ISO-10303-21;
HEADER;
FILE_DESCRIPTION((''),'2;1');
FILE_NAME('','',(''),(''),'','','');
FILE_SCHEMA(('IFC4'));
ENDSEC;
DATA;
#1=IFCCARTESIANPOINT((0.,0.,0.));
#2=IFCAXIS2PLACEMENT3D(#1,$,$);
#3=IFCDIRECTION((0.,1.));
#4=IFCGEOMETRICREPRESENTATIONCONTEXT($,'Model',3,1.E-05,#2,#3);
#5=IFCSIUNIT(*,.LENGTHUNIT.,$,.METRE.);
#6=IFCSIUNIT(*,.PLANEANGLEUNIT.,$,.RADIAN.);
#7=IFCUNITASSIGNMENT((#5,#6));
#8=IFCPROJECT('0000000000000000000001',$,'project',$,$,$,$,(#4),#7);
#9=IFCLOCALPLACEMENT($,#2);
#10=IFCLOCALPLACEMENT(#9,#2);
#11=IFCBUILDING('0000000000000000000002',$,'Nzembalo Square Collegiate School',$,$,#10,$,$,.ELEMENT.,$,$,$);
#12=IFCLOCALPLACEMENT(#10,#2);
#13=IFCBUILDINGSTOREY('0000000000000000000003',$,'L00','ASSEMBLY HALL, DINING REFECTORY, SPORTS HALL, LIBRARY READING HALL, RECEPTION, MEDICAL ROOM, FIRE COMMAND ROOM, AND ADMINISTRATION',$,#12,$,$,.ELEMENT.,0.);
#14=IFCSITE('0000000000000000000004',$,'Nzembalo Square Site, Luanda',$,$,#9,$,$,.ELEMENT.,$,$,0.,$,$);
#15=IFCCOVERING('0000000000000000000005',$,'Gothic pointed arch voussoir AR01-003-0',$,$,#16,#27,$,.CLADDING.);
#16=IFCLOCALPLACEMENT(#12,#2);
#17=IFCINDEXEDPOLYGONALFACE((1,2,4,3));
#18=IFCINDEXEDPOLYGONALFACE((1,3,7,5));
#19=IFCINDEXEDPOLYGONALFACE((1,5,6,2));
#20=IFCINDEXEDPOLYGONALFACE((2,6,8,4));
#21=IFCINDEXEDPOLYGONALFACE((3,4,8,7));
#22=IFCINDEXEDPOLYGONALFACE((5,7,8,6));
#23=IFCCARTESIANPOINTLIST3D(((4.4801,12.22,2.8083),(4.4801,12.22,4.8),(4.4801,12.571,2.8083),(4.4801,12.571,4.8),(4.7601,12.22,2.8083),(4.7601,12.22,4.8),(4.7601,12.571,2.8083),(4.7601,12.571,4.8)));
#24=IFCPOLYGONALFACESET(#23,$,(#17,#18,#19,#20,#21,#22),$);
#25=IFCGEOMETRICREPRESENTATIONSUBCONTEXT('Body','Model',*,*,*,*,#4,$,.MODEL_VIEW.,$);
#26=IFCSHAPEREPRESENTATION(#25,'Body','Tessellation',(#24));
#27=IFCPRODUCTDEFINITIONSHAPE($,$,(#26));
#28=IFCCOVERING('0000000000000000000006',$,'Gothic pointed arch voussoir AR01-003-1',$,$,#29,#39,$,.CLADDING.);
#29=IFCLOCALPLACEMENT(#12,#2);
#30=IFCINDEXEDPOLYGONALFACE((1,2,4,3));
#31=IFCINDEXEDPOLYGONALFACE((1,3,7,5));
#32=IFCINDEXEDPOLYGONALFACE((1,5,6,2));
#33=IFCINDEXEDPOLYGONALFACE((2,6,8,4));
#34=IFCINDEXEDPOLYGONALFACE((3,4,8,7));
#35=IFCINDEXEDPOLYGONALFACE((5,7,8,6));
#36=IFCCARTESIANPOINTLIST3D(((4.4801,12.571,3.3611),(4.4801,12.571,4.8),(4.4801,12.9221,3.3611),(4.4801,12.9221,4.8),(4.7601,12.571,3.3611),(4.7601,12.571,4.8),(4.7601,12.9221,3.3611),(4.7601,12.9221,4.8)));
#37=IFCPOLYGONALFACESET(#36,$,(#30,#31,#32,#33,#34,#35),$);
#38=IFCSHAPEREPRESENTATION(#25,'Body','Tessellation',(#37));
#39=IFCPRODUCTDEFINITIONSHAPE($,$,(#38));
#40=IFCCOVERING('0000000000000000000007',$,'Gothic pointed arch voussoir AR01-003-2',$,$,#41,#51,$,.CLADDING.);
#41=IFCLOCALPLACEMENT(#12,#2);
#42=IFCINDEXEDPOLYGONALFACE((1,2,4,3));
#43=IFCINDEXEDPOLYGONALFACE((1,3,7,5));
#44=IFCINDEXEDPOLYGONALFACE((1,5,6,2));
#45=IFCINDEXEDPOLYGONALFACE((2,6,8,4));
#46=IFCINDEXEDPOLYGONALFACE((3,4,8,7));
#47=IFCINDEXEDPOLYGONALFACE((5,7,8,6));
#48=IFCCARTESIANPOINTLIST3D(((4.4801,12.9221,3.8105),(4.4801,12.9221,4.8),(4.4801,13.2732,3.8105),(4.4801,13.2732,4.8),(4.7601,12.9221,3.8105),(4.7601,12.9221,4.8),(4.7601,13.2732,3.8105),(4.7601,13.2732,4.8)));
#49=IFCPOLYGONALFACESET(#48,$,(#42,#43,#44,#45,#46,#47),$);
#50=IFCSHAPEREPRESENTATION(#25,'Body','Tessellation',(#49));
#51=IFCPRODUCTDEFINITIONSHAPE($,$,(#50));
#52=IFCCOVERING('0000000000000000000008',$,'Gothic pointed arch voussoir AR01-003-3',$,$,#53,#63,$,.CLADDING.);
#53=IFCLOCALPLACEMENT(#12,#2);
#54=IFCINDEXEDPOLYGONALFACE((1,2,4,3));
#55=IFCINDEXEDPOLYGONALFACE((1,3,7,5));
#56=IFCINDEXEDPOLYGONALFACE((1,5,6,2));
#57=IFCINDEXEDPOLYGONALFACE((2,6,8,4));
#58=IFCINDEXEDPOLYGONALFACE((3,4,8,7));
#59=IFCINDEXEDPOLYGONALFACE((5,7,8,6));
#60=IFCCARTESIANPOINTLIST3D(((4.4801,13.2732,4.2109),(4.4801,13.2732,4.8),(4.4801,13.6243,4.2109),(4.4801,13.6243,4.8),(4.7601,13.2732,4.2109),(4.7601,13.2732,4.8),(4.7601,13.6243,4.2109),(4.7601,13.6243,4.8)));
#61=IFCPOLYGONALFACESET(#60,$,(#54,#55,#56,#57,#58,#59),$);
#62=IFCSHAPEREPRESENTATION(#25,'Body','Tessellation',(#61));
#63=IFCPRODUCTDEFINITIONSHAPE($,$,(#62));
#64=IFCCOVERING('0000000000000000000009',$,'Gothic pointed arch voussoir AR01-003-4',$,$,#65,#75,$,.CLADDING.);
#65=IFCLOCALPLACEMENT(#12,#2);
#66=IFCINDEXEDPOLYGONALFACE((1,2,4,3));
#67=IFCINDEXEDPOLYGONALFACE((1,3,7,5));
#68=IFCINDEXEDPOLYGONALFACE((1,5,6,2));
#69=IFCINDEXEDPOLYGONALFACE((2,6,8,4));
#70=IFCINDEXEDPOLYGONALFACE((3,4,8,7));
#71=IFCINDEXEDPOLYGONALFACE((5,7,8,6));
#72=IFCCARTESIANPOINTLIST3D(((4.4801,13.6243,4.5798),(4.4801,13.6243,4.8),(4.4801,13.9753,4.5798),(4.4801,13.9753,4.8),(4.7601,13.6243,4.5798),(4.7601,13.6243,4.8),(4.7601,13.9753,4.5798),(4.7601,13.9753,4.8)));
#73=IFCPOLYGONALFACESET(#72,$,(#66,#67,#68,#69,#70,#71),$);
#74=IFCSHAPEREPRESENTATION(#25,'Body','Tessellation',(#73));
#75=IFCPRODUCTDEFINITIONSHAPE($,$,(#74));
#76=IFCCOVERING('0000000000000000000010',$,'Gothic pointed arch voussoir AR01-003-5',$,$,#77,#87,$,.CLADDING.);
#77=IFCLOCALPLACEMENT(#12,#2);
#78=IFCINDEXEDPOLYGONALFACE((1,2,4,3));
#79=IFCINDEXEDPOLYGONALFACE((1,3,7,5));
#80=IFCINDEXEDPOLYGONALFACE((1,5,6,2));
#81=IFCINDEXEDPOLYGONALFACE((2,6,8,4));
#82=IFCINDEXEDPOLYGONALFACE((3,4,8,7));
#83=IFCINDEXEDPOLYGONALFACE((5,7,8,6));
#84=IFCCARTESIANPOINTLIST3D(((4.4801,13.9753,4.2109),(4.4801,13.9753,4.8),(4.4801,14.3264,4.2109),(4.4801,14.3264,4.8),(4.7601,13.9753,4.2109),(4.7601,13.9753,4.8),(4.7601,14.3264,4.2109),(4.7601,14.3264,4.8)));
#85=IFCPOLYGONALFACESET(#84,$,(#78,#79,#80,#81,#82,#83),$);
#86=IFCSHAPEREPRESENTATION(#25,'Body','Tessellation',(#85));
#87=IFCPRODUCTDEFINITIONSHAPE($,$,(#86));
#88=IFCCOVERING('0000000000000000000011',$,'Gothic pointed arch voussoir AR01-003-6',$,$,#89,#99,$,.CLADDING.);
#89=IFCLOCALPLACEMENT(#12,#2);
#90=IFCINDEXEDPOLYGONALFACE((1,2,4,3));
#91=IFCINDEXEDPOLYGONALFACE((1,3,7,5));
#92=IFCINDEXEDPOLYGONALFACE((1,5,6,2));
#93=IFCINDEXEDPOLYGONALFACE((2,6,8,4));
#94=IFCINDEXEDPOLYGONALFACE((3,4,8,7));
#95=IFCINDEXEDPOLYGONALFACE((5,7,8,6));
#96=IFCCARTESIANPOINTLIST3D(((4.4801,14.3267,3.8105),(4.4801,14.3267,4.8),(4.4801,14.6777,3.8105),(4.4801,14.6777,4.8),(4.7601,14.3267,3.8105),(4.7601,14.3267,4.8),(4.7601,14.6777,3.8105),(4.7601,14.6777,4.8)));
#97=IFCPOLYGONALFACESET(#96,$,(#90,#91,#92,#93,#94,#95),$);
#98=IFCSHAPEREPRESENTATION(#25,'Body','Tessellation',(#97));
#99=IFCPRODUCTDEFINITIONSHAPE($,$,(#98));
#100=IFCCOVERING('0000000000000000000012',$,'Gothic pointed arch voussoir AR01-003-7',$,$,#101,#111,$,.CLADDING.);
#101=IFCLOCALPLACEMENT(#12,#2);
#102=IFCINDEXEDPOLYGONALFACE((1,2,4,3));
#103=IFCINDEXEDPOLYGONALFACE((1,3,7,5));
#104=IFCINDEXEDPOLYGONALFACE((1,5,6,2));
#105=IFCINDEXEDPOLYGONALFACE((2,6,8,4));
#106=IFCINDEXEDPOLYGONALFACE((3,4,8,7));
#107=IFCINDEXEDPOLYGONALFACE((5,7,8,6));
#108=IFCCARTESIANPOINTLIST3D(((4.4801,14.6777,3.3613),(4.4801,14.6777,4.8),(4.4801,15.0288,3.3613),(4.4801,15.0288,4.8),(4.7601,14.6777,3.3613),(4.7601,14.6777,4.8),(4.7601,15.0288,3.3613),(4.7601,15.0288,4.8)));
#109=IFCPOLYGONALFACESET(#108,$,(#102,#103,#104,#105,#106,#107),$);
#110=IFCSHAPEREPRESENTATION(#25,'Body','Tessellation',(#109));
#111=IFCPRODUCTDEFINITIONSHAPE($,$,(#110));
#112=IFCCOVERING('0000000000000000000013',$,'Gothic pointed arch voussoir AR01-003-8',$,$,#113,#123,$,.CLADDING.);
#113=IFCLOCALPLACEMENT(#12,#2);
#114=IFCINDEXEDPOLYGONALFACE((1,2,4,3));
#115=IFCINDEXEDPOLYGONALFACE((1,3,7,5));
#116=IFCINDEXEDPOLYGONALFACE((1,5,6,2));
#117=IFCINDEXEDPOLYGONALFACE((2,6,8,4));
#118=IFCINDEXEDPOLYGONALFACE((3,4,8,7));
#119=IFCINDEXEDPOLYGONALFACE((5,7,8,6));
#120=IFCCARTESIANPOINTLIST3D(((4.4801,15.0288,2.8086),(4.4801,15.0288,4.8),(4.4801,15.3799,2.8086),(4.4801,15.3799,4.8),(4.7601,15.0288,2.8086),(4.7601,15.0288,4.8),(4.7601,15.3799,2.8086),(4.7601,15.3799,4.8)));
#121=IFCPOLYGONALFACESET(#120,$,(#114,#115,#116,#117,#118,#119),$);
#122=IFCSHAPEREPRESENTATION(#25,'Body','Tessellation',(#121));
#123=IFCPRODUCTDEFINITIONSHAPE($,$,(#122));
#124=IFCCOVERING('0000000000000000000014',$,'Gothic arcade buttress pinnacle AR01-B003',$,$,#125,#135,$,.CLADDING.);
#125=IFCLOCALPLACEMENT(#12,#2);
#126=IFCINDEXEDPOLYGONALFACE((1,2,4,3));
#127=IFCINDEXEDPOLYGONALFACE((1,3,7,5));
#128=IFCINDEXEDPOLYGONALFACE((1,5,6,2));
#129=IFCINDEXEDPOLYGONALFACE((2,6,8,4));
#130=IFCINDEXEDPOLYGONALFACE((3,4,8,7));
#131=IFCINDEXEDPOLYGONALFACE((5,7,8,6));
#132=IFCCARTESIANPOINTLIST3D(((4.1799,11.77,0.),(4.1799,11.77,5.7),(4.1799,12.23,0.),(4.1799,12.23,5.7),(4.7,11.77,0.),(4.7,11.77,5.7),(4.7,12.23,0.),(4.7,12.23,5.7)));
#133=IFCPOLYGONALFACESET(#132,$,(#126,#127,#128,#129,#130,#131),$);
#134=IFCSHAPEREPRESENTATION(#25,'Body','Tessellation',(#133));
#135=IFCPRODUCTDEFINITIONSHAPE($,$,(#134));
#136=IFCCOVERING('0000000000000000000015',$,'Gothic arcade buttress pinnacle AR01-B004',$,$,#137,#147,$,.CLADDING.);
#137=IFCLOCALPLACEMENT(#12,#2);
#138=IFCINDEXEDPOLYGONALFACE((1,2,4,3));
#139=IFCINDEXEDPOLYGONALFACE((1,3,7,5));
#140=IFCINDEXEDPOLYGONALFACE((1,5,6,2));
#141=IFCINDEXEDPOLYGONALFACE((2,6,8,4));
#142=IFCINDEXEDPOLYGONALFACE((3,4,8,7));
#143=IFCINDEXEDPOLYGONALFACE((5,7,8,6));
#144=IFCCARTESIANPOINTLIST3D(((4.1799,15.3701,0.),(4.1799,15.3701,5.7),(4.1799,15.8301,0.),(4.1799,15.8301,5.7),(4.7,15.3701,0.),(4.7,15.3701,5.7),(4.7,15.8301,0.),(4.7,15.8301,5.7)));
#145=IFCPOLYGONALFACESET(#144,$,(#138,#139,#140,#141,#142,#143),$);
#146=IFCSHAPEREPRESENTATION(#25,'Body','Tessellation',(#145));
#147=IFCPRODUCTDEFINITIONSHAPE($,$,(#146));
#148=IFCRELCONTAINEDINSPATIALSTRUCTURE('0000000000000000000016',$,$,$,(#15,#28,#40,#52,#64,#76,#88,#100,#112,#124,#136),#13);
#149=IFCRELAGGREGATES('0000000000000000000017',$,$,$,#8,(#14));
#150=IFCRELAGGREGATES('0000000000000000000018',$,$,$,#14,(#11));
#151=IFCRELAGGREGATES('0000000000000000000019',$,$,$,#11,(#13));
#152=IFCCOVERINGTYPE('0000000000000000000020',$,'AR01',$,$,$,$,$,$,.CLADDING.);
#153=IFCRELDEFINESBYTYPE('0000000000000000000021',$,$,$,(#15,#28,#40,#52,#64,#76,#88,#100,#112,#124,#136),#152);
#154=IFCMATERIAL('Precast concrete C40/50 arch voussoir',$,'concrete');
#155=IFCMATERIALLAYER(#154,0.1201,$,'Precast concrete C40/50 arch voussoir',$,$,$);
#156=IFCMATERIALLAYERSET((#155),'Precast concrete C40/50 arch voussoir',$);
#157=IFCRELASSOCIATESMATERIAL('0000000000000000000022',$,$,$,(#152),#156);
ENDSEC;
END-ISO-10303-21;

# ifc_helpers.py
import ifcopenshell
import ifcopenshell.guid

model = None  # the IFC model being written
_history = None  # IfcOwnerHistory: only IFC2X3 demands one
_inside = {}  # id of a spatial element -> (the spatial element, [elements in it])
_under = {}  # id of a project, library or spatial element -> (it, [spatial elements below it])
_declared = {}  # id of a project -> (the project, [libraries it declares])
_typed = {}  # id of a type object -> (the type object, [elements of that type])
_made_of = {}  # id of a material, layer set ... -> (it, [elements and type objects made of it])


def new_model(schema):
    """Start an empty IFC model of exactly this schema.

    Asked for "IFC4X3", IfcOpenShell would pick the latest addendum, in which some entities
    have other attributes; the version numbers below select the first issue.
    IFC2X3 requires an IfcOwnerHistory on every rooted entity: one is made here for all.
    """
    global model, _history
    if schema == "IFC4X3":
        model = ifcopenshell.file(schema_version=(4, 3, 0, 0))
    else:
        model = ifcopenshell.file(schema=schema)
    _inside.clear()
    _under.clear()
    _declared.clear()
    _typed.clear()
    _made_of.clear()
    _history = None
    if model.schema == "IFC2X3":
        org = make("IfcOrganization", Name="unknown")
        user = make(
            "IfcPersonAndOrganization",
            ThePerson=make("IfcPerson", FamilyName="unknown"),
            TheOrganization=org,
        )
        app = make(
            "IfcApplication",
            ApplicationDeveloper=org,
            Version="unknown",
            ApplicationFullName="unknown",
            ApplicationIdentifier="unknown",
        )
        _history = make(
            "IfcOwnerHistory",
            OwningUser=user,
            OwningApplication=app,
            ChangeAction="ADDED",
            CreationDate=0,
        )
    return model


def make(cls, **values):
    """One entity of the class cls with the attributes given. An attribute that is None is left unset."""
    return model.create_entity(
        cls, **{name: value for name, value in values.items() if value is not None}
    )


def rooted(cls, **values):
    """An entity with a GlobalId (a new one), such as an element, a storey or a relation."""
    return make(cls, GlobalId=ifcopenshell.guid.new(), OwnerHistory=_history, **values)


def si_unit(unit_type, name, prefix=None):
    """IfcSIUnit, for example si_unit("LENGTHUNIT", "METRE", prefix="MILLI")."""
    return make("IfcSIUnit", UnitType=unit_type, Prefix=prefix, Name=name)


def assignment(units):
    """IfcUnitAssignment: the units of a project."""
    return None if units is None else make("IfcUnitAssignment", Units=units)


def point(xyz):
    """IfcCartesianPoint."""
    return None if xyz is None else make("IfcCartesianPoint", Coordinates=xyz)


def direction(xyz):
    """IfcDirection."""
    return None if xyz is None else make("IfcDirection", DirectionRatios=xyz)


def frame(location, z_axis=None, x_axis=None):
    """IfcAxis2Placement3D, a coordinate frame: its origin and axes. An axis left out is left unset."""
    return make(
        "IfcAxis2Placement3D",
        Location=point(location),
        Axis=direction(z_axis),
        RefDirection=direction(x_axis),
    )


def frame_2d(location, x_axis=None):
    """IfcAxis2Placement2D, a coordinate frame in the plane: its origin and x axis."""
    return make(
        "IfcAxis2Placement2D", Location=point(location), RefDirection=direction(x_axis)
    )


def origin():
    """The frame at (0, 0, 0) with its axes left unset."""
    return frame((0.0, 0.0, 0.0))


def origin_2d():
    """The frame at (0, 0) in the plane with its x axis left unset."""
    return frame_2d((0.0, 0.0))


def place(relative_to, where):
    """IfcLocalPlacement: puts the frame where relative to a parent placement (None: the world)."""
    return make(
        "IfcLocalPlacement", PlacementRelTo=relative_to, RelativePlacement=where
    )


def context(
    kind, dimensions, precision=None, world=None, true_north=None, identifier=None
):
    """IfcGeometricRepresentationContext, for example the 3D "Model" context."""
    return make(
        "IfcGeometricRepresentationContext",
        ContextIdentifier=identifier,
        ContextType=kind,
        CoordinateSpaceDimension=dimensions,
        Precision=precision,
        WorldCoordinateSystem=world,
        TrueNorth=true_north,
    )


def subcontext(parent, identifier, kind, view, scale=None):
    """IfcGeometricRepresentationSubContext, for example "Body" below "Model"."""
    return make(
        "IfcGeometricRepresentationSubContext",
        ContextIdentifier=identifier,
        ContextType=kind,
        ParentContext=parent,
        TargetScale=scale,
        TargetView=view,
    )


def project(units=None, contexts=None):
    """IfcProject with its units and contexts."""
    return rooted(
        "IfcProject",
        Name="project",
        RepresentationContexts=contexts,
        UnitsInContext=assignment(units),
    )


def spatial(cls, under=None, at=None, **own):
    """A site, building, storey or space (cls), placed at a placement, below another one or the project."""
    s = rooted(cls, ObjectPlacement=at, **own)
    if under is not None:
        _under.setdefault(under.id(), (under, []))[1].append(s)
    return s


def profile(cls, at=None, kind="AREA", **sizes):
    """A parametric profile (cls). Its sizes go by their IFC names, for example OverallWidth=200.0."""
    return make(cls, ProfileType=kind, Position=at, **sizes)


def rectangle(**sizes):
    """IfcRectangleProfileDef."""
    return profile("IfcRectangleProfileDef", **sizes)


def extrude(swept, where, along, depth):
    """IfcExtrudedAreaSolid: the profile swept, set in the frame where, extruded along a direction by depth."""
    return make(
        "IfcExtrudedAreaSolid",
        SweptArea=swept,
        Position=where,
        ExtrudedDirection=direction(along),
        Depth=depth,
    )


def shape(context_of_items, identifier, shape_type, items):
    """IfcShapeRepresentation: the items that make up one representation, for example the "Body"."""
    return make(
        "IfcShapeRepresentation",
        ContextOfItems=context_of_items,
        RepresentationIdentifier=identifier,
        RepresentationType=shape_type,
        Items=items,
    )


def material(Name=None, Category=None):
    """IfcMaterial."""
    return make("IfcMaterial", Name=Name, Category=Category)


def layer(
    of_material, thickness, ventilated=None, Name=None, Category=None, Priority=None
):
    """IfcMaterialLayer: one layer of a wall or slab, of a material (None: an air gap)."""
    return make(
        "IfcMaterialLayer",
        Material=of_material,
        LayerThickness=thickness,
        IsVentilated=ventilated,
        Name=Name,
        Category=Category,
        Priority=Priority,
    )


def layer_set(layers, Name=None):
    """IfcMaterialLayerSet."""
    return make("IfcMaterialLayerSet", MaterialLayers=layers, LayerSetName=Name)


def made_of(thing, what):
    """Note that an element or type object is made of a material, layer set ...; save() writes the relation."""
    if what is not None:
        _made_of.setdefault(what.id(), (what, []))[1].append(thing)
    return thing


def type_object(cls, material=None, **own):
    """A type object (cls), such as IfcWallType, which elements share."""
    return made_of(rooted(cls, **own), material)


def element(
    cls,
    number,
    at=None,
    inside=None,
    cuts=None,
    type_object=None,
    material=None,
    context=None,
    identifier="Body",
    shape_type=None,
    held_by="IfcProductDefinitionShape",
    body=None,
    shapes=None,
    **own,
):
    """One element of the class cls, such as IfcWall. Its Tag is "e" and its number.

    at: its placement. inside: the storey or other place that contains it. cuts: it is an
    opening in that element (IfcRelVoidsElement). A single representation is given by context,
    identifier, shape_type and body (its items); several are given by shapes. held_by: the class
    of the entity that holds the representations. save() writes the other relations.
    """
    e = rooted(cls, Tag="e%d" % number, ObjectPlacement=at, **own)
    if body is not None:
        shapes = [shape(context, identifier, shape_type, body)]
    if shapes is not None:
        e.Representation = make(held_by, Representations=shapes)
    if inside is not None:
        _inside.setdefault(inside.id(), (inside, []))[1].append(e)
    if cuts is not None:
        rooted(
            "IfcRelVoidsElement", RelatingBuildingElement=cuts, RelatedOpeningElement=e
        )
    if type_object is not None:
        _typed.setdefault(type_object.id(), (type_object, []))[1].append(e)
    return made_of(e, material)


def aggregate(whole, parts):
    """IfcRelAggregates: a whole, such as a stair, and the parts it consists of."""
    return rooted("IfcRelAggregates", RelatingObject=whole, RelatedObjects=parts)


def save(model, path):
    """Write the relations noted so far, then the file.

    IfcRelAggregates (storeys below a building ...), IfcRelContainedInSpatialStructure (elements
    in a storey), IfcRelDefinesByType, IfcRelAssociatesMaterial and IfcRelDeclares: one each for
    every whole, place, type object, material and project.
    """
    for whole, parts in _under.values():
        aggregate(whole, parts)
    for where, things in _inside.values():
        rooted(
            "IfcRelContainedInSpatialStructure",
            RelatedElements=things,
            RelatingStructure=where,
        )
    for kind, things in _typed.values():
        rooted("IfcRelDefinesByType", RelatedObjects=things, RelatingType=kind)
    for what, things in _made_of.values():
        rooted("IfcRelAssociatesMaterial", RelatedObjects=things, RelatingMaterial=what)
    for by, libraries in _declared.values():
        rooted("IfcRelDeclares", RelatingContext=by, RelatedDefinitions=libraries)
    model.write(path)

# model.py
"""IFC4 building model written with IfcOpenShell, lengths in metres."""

from ifc_helpers import new_model, si_unit, direction, frame, origin, origin_2d, place, context, subcontext, project, spatial, rectangle, extrude, material, layer, layer_set, type_object, element, save


model = new_model("IFC4")

# Units and contexts
model_context = context("Model", 3, precision=1e-05, world=origin(), true_north=direction((0.0, 1.0)))
body_context = subcontext(model_context, "Body", "Model", "MODEL_VIEW")
ifc_project = project(units=[si_unit("LENGTHUNIT", "METRE"), si_unit("PLANEANGLEUNIT", "RADIAN")], contexts=[model_context])

# Site, building, storey
site_placement = place(None, origin())
site = spatial("IfcSite", under=ifc_project, at=site_placement, Name="Nzembalo Square Site, Luanda", CompositionType="ELEMENT", RefElevation=0.0)
building_placement = place(site_placement, origin())
building = spatial("IfcBuilding", under=site, at=building_placement, Name="Nzembalo Square Collegiate School", CompositionType="ELEMENT")
storey_placement = place(building_placement, origin())
storey = spatial("IfcBuildingStorey", under=building, at=storey_placement, Name="L00", Description="ASSEMBLY HALL, DINING REFECTORY, SPORTS HALL, LIBRARY READING HALL, RECEPTION, MEDICAL ROOM, FIRE COMMAND ROOM, AND ADMINISTRATION", CompositionType="ELEMENT", Elevation=0.0)

# Coverings
ifc_material_1 = material(Name="Precast concrete C40/50 arch voussoir", Category="concrete")
ifc_layer_1 = layer(ifc_material_1, 0.1201, Name="Precast concrete C40/50 arch voussoir")
ifc_layer_set_1 = layer_set([ifc_layer_1], Name="Precast concrete C40/50 arch voussoir")
covering_type = type_object("IfcCoveringType", Name="AR01", PredefinedType="CLADDING", material=ifc_layer_set_1)
covering_1_placement = place(storey_placement, frame((4.6201, 12.3955, 2.8083), z_axis=(0.0, 0.0, 1.0), x_axis=(1.0, 0.0, 0.0)))
element("IfcCovering", 1, at=covering_1_placement, inside=storey, type_object=covering_type, Name="Gothic pointed arch voussoir AR01-003-0", PredefinedType="CLADDING", context=body_context, shape_type="SweptSolid", body=[
    extrude(rectangle(XDim=0.28, YDim=0.3511, at=origin_2d()), origin(), (0.0, 0.0, 1.0), 1.9917),
])
covering_2_placement = place(storey_placement, frame((4.6201, 12.7466, 3.3611), z_axis=(0.0, 0.0, 1.0), x_axis=(1.0, 0.0, 0.0)))
element("IfcCovering", 2, at=covering_2_placement, inside=storey, type_object=covering_type, Name="Gothic pointed arch voussoir AR01-003-1", PredefinedType="CLADDING", context=body_context, shape_type="SweptSolid", body=[
    extrude(rectangle(XDim=0.28, YDim=0.3511, at=origin_2d()), origin(), (0.0, 0.0, 1.0), 1.439),
])
covering_3_placement = place(storey_placement, frame((4.6201, 13.0977, 3.8105), z_axis=(0.0, 0.0, 1.0), x_axis=(1.0, 0.0, 0.0)))
element("IfcCovering", 3, at=covering_3_placement, inside=storey, type_object=covering_type, Name="Gothic pointed arch voussoir AR01-003-2", PredefinedType="CLADDING", context=body_context, shape_type="SweptSolid", body=[
    extrude(rectangle(XDim=0.28, YDim=0.3511, at=origin_2d()), origin(), (0.0, 0.0, 1.0), 0.9895),
])
covering_4_placement = place(storey_placement, frame((4.6201, 13.4487, 4.2109), z_axis=(0.0, 0.0, 1.0), x_axis=(1.0, 0.0, 0.0)))
element("IfcCovering", 4, at=covering_4_placement, inside=storey, type_object=covering_type, Name="Gothic pointed arch voussoir AR01-003-3", PredefinedType="CLADDING", context=body_context, shape_type="SweptSolid", body=[
    extrude(rectangle(XDim=0.28, YDim=0.3511, at=origin_2d()), origin(), (0.0, 0.0, 1.0), 0.5891),
])
covering_5_placement = place(storey_placement, frame((4.6201, 13.7998, 4.5798), z_axis=(0.0, 0.0, 1.0), x_axis=(1.0, 0.0, 0.0)))
element("IfcCovering", 5, at=covering_5_placement, inside=storey, type_object=covering_type, Name="Gothic pointed arch voussoir AR01-003-4", PredefinedType="CLADDING", context=body_context, shape_type="SweptSolid", body=[
    extrude(rectangle(XDim=0.28, YDim=0.3511, at=origin_2d()), origin(), (0.0, 0.0, 1.0), 0.2202),
])
covering_6_placement = place(storey_placement, frame((4.6201, 14.1509, 4.2109), z_axis=(0.0, 0.0, 1.0), x_axis=(1.0, 0.0, 0.0)))
element("IfcCovering", 6, at=covering_6_placement, inside=storey, type_object=covering_type, Name="Gothic pointed arch voussoir AR01-003-5", PredefinedType="CLADDING", context=body_context, shape_type="SweptSolid", body=[
    extrude(rectangle(XDim=0.28, YDim=0.3511, at=origin_2d()), origin(), (0.0, 0.0, 1.0), 0.5891),
])
covering_7_placement = place(storey_placement, frame((4.6201, 14.5022, 3.8105), z_axis=(0.0, 0.0, 1.0), x_axis=(1.0, 0.0, 0.0)))
element("IfcCovering", 7, at=covering_7_placement, inside=storey, type_object=covering_type, Name="Gothic pointed arch voussoir AR01-003-6", PredefinedType="CLADDING", context=body_context, shape_type="SweptSolid", body=[
    extrude(rectangle(XDim=0.28, YDim=0.3511, at=origin_2d()), origin(), (0.0, 0.0, 1.0), 0.9895),
])
covering_8_placement = place(storey_placement, frame((4.6201, 14.8533, 3.3613), z_axis=(0.0, 0.0, 1.0), x_axis=(1.0, 0.0, 0.0)))
element("IfcCovering", 8, at=covering_8_placement, inside=storey, type_object=covering_type, Name="Gothic pointed arch voussoir AR01-003-7", PredefinedType="CLADDING", context=body_context, shape_type="SweptSolid", body=[
    extrude(rectangle(XDim=0.28, YDim=0.3511, at=origin_2d()), origin(), (0.0, 0.0, 1.0), 1.4387),
])
covering_9_placement = place(storey_placement, frame((4.6201, 15.2043, 2.8086), z_axis=(0.0, 0.0, 1.0), x_axis=(1.0, 0.0, 0.0)))
element("IfcCovering", 9, at=covering_9_placement, inside=storey, type_object=covering_type, Name="Gothic pointed arch voussoir AR01-003-8", PredefinedType="CLADDING", context=body_context, shape_type="SweptSolid", body=[
    extrude(rectangle(XDim=0.28, YDim=0.3511, at=origin_2d()), origin(), (0.0, 0.0, 1.0), 1.9915),
])
for number, where, z_axis, x_axis, name in (
    (10, (4.4399, 12.0, 0.0), (0.0, 0.0, 1.0), (1.0, 0.0, 0.0), "Gothic arcade buttress pinnacle AR01-B003"),
    (11, (4.4399, 15.6001, 0.0), (0.0, 0.0, 1.0), (1.0, 0.0, 0.0), "Gothic arcade buttress pinnacle AR01-B004"),
):
    element("IfcCovering", number, at=place(storey_placement, frame(where, z_axis=z_axis, x_axis=x_axis)), inside=storey, type_object=covering_type, Name=name, PredefinedType="CLADDING", context=body_context, shape_type="SweptSolid", body=[
        extrude(rectangle(XDim=0.52, YDim=0.46, at=origin_2d()), origin(), (0.0, 0.0, 1.0), 5.7),
    ])

save(model, "model.ifc")
